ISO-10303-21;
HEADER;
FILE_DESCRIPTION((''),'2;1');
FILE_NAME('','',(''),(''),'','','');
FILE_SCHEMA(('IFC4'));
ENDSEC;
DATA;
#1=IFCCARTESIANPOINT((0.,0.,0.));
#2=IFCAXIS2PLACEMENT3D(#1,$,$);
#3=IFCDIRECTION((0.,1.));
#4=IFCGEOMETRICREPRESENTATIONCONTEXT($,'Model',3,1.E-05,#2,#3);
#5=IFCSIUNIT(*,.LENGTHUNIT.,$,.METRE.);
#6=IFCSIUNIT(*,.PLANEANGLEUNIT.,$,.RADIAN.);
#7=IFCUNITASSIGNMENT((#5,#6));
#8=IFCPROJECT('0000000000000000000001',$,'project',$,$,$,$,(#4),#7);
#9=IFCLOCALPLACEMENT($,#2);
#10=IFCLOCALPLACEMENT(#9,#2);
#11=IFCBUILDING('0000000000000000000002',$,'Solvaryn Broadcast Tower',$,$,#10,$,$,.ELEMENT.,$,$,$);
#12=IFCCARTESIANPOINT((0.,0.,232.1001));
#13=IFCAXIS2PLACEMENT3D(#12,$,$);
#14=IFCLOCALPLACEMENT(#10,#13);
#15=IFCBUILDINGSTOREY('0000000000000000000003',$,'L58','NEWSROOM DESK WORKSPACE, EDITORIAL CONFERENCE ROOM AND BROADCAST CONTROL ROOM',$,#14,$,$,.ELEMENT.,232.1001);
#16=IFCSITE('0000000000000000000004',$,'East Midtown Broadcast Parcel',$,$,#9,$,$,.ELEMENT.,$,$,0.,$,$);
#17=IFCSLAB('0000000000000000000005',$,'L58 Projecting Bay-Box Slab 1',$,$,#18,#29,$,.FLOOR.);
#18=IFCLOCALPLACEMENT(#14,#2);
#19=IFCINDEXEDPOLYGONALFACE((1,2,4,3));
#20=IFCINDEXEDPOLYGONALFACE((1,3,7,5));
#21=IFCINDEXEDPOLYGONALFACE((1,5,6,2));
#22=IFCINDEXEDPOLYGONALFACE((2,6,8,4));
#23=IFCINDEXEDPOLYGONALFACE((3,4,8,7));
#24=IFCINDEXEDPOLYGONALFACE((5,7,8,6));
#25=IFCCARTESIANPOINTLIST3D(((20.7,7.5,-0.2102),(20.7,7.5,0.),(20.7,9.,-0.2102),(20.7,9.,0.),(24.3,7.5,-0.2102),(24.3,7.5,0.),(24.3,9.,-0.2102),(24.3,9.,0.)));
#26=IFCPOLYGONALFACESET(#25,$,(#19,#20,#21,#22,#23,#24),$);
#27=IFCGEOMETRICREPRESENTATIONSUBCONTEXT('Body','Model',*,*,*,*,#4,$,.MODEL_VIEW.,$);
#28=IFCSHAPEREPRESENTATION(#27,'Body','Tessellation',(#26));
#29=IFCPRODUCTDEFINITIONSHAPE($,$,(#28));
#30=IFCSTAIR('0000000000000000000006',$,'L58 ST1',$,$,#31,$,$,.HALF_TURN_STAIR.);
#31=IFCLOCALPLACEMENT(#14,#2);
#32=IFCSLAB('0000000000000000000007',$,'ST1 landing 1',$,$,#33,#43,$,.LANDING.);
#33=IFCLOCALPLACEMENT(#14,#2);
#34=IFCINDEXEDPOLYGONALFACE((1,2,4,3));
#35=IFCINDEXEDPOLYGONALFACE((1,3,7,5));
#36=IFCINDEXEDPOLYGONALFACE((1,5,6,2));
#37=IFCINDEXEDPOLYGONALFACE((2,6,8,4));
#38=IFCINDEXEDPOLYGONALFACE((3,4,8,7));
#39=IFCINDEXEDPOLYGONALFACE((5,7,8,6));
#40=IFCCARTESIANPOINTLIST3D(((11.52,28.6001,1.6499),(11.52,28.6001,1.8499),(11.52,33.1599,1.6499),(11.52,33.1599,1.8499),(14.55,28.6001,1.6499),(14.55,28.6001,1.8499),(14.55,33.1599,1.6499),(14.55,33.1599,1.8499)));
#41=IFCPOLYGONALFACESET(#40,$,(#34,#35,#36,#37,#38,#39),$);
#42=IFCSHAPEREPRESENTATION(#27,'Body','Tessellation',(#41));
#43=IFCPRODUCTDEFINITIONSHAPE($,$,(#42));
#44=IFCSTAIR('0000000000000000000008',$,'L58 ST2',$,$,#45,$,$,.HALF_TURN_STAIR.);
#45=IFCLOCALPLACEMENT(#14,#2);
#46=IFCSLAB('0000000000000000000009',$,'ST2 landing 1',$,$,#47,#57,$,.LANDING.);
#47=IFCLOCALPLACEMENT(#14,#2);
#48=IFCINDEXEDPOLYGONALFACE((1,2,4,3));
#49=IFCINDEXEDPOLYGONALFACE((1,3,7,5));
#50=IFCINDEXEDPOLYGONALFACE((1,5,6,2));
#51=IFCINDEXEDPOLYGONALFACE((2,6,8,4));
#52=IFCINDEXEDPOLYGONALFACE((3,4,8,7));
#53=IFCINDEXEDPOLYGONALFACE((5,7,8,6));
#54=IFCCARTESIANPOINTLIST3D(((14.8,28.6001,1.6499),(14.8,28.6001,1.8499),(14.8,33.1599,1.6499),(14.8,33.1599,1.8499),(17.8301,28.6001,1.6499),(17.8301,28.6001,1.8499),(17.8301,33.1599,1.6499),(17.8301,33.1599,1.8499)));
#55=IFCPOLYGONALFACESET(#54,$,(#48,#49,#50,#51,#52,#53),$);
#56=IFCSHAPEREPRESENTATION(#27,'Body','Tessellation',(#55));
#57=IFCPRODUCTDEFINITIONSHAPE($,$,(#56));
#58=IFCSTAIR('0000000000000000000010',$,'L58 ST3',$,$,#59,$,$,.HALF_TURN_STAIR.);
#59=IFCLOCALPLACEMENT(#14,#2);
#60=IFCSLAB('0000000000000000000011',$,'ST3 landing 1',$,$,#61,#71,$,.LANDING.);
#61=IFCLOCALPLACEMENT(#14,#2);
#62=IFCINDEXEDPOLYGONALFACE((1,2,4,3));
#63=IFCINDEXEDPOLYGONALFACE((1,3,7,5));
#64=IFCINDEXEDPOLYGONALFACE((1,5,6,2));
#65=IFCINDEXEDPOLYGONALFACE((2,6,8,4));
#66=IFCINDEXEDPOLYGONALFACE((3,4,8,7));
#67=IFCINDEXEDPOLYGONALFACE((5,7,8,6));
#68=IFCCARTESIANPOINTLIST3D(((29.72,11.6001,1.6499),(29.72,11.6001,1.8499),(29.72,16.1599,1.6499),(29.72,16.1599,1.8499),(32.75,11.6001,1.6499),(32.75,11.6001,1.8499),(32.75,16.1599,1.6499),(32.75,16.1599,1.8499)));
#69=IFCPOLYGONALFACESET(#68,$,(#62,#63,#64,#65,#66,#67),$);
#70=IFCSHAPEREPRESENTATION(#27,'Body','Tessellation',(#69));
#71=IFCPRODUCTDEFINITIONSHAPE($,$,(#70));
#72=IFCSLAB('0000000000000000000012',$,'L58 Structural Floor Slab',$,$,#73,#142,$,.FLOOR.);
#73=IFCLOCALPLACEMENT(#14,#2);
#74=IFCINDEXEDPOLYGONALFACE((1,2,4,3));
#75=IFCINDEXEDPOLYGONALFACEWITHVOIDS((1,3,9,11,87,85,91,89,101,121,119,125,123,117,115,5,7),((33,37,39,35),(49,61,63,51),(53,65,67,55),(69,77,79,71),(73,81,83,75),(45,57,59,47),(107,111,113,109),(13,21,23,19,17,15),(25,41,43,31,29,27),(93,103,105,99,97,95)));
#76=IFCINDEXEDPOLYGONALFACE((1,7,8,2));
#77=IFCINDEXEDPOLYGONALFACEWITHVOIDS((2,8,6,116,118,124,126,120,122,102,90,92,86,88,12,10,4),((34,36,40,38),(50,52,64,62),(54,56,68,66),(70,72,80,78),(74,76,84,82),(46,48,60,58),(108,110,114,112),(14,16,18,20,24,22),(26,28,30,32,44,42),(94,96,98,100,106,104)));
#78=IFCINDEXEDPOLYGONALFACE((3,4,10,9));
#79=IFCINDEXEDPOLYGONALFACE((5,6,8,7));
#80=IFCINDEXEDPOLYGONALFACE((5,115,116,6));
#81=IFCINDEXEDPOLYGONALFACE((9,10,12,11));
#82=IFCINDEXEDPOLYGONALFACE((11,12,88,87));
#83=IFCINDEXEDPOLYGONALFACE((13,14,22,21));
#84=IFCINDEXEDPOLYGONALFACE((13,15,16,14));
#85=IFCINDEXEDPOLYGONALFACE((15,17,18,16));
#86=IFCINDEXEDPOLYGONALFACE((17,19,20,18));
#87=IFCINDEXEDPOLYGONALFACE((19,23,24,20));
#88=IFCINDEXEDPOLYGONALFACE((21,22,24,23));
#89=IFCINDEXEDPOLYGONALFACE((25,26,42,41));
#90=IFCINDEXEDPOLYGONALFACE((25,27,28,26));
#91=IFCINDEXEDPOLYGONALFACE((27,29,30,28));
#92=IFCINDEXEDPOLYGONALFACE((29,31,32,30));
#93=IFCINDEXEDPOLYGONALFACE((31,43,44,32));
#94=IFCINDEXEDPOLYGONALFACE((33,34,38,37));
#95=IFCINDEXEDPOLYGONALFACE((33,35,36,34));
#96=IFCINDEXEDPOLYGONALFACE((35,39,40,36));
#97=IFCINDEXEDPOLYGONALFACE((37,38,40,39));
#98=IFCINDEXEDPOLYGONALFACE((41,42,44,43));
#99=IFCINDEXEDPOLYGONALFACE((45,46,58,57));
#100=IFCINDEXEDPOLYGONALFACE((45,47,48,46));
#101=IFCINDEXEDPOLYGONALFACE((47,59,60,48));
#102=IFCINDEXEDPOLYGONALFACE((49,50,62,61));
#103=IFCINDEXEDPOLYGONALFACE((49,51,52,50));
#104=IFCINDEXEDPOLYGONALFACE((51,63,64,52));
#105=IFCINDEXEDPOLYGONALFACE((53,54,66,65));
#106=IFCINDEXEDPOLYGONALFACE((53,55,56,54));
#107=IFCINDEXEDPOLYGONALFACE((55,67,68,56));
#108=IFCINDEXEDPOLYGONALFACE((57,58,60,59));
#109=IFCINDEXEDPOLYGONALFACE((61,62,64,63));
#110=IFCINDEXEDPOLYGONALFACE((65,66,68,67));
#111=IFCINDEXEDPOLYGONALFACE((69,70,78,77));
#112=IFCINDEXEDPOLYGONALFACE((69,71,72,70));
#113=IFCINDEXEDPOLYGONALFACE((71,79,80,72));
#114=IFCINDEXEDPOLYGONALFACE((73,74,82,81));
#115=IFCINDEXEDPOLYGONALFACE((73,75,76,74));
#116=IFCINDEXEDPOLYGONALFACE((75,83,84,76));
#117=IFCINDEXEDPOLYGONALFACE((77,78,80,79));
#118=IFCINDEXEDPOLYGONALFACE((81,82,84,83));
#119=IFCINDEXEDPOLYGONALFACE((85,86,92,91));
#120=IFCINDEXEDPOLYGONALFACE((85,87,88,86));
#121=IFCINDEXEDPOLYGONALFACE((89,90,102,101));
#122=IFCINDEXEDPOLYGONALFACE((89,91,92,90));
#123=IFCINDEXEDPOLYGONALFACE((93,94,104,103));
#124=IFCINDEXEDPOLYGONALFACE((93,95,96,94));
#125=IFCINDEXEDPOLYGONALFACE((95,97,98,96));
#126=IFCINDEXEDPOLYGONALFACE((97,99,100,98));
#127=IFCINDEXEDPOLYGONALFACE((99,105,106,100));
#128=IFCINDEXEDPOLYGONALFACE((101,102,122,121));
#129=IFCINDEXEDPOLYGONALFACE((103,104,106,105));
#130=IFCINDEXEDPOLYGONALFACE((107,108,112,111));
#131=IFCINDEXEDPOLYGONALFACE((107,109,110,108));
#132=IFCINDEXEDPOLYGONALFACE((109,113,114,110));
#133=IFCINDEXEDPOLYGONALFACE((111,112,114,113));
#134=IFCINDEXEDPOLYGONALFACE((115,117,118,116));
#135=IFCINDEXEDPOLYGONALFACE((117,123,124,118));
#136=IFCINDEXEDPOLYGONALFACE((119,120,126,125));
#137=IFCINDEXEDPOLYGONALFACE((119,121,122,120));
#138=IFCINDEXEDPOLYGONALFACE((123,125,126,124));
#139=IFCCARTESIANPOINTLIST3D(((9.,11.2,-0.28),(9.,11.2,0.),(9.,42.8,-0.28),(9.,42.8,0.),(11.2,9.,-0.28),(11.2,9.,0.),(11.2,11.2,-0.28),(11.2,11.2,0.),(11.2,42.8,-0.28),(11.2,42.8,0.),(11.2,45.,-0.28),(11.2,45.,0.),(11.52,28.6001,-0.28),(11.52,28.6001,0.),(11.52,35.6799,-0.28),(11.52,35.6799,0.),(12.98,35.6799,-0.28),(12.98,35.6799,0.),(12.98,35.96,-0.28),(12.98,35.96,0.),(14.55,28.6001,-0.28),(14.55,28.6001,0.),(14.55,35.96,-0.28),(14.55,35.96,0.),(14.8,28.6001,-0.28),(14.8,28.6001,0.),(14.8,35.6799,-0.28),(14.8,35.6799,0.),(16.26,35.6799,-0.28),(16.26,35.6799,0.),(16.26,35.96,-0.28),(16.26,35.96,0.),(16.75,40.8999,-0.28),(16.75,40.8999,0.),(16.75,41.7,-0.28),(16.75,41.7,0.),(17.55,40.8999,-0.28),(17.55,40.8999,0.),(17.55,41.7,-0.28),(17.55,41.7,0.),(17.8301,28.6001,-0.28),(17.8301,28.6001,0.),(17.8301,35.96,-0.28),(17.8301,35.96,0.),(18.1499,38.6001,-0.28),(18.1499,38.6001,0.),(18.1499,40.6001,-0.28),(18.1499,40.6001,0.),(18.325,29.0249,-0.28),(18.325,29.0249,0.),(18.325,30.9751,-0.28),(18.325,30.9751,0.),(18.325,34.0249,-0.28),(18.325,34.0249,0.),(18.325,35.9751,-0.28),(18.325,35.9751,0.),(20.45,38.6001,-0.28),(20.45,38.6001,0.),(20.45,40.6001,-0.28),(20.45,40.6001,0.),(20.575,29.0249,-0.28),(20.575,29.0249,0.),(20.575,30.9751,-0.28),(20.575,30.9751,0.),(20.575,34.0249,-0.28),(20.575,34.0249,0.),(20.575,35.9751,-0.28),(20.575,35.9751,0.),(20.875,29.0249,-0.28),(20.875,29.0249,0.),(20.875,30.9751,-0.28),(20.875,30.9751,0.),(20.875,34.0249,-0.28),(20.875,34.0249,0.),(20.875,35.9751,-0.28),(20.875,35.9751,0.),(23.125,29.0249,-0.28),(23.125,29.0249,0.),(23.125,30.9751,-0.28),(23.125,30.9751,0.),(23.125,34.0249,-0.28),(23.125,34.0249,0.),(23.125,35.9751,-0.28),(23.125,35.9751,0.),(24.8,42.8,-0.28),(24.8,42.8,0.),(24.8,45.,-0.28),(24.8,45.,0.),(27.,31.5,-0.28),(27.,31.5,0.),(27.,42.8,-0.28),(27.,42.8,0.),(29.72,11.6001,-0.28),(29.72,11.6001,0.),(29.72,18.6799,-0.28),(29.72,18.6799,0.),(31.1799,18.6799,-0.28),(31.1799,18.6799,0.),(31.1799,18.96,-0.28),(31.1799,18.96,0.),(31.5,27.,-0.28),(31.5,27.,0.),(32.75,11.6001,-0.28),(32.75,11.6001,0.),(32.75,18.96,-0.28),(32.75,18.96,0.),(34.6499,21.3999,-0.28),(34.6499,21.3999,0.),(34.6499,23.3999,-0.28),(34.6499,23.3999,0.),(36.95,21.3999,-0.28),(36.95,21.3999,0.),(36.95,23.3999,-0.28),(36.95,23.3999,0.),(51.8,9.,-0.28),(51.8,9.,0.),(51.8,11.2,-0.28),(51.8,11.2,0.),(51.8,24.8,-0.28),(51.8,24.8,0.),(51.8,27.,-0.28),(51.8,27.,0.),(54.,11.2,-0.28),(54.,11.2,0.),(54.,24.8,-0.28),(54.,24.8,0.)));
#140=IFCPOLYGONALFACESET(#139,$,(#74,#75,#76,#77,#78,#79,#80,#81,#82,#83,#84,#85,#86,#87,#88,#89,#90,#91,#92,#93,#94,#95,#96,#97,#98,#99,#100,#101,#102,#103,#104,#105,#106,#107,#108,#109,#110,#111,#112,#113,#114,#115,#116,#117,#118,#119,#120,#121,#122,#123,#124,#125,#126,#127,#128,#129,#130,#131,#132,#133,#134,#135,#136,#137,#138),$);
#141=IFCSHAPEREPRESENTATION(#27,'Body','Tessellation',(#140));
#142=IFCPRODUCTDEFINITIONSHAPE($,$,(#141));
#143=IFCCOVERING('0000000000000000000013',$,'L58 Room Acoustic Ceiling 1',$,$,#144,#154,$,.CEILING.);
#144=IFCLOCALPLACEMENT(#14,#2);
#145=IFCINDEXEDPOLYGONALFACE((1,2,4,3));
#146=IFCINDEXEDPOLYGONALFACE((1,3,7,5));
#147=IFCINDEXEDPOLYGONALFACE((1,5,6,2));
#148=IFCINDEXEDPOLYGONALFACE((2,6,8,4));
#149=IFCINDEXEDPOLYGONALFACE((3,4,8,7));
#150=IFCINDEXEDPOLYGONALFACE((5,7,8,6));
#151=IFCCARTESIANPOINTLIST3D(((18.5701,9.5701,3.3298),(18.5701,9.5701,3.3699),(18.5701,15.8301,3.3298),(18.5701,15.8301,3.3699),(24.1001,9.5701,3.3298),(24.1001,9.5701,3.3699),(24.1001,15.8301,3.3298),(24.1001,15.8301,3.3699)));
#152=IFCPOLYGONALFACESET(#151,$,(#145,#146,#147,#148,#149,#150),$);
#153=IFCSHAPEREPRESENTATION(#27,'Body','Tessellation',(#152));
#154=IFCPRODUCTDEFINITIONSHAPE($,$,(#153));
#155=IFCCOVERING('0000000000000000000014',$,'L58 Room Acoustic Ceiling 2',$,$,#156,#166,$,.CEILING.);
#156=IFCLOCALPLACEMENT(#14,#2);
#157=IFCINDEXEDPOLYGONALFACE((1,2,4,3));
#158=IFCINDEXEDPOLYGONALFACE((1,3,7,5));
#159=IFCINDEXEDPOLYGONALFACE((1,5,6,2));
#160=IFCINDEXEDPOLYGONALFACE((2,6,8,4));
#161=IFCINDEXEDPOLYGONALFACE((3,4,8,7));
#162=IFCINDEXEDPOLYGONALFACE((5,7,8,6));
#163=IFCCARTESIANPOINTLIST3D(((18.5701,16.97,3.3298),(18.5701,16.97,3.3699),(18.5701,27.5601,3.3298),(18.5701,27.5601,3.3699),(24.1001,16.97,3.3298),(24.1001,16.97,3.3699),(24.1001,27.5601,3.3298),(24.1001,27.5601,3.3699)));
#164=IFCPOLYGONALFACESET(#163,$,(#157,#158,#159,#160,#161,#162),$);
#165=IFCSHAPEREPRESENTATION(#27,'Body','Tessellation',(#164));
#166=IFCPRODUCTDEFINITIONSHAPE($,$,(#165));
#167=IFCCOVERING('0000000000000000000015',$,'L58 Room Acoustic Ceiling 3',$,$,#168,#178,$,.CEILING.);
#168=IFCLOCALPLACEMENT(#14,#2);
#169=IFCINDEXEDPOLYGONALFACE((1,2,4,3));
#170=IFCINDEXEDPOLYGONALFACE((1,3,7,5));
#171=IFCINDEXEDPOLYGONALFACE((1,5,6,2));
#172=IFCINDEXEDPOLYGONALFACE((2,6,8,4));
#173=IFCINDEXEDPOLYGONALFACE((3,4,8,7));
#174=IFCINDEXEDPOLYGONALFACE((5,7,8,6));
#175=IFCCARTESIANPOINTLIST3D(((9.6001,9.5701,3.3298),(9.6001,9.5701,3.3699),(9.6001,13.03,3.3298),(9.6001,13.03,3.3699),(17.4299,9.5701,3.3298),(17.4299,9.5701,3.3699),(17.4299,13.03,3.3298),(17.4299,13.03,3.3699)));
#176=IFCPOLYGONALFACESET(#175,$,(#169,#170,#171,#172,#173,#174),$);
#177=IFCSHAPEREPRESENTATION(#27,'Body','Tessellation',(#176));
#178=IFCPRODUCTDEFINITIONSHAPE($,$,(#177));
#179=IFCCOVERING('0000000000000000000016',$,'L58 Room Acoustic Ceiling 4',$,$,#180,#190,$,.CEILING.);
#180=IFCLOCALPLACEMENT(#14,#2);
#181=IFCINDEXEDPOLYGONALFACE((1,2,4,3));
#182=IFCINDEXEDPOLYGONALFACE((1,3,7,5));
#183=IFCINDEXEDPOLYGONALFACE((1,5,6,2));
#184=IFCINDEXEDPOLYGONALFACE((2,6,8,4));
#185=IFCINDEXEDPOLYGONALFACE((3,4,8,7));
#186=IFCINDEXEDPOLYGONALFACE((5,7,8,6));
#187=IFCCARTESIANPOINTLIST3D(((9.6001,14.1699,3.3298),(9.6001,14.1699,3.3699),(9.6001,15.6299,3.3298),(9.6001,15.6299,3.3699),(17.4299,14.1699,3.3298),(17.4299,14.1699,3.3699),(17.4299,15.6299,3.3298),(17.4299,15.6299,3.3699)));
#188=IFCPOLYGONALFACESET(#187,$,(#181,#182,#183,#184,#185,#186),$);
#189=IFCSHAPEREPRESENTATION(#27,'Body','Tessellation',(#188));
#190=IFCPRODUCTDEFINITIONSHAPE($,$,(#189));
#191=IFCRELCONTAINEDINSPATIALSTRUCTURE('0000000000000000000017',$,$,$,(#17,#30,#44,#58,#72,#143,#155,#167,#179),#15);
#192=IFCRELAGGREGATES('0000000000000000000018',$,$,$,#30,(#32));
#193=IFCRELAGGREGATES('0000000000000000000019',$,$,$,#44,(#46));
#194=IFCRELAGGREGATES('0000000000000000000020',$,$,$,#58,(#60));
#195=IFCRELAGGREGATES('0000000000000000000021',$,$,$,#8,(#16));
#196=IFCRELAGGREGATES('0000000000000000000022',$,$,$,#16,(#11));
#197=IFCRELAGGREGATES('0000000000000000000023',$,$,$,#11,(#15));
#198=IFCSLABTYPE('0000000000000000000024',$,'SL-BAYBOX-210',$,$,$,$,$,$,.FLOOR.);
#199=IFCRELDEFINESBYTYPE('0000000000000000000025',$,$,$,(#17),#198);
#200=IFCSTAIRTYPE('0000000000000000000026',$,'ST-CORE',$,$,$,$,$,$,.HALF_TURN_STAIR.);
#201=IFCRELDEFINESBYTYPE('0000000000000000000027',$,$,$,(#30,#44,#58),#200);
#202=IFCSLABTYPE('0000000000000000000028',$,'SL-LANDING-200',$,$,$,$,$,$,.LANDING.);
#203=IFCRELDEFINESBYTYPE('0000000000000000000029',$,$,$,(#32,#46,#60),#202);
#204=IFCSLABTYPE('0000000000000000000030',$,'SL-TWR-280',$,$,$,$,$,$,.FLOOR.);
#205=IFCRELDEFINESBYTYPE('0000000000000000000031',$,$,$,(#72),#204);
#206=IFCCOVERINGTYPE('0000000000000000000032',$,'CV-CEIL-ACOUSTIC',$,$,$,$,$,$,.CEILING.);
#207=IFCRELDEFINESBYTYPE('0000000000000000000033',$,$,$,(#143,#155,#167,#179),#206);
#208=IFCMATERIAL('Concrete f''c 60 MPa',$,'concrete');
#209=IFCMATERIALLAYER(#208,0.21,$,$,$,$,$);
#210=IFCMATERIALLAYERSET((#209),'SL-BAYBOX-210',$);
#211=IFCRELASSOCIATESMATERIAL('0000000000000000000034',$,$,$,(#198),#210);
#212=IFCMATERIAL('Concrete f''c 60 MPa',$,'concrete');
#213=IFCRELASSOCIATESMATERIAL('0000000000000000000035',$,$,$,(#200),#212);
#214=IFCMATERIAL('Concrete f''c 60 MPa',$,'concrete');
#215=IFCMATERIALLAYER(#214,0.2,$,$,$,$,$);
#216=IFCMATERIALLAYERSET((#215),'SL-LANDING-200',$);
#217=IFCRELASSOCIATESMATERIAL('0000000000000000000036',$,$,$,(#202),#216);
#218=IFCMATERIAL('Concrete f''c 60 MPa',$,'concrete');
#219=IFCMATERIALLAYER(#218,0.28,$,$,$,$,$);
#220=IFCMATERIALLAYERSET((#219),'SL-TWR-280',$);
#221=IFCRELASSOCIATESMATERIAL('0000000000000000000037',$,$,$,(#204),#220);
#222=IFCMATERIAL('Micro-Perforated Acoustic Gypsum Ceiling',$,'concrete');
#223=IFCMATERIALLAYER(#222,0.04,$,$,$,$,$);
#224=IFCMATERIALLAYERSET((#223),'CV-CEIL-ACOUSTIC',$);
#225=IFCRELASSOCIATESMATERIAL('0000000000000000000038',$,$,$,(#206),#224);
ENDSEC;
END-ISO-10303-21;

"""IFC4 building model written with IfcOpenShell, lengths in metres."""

from ifc_helpers import new_model, si_unit, direction, frame, origin, place, context, subcontext, project, spatial, polyline, outline, extrude, material, layer, layer_set, type_object, element, aggregate, save


model = new_model("IFC4")

# Units and contexts
model_context = context("Model", 3, precision=1e-05, world=origin(), true_north=direction((0.0, 1.0)))
body_context = subcontext(model_context, "Body", "Model", "MODEL_VIEW")
ifc_project = project(units=[si_unit("LENGTHUNIT", "METRE"), si_unit("PLANEANGLEUNIT", "RADIAN")], contexts=[model_context])

# Site, building, storey
site_placement = place(None, origin())
site = spatial("IfcSite", under=ifc_project, at=site_placement, Name="East Midtown Broadcast Parcel", CompositionType="ELEMENT", RefElevation=0.0)
building_placement = place(site_placement, origin())
building = spatial("IfcBuilding", under=site, at=building_placement, Name="Solvaryn Broadcast Tower", CompositionType="ELEMENT")
storey_placement = place(building_placement, frame((0.0, 0.0, 232.1001)))
storey = spatial("IfcBuildingStorey", under=building, at=storey_placement, Name="L58", Description="NEWSROOM DESK WORKSPACE, EDITORIAL CONFERENCE ROOM AND BROADCAST CONTROL ROOM", CompositionType="ELEMENT", Elevation=232.1001)

# Slab
ifc_material_1 = material(Name="Concrete f'c 60 MPa", Category="concrete")
ifc_layer_1 = layer(ifc_material_1, 0.21)
ifc_layer_set_1 = layer_set([ifc_layer_1], Name="SL-BAYBOX-210")
slab_type_1 = type_object("IfcSlabType", Name="SL-BAYBOX-210", PredefinedType="FLOOR", material=ifc_layer_set_1)
slab_1_placement = place(storey_placement, frame((0.0, 0.0, -0.2102)))
element("IfcSlab", 1, at=slab_1_placement, inside=storey, type_object=slab_type_1, Name="L58 Projecting Bay-Box Slab 1", PredefinedType="FLOOR", context=body_context, shape_type="SweptSolid", body=[
    extrude(outline(polyline([(20.7, 7.5), (24.3, 7.5), (24.3, 9.0), (20.7, 9.0), (20.7, 7.5)])), origin(), (0.0, 0.0, 1.0), 0.2102),
])

# Stairs, slabs
ifc_material_2 = material(Name="Concrete f'c 60 MPa", Category="concrete")
stair_type = type_object("IfcStairType", Name="ST-CORE", PredefinedType="HALF_TURN_STAIR", material=ifc_material_2)
stair_1_placement = place(storey_placement, origin())
stair_1 = element("IfcStair", 2, at=stair_1_placement, inside=storey, type_object=stair_type, Name="L58 ST1", PredefinedType="HALF_TURN_STAIR")
ifc_material_3 = material(Name="Concrete f'c 60 MPa", Category="concrete")
ifc_layer_2 = layer(ifc_material_3, 0.2)
ifc_layer_set_2 = layer_set([ifc_layer_2], Name="SL-LANDING-200")
slab_type_2 = type_object("IfcSlabType", Name="SL-LANDING-200", PredefinedType="LANDING", material=ifc_layer_set_2)
slab_2_placement = place(storey_placement, frame((0.0, 0.0, 1.6499)))
slab_2 = element("IfcSlab", 3, at=slab_2_placement, type_object=slab_type_2, Name="ST1 landing 1", PredefinedType="LANDING", context=body_context, shape_type="SweptSolid", body=[
    extrude(outline(polyline([(11.52, 33.1599), (11.52, 28.6001), (14.55, 28.6001), (14.55, 33.1599), (11.52, 33.1599)])), origin(), (0.0, 0.0, 1.0), 0.2),
])
aggregate(stair_1, [slab_2])
stair_2_placement = place(storey_placement, origin())
stair_2 = element("IfcStair", 4, at=stair_2_placement, inside=storey, type_object=stair_type, Name="L58 ST2", PredefinedType="HALF_TURN_STAIR")
slab_3_placement = place(storey_placement, frame((0.0, 0.0, 1.6499)))
slab_3 = element("IfcSlab", 5, at=slab_3_placement, type_object=slab_type_2, Name="ST2 landing 1", PredefinedType="LANDING", context=body_context, shape_type="SweptSolid", body=[
    extrude(outline(polyline([(14.8, 33.1599), (14.8, 28.6001), (17.8301, 28.6001), (17.8301, 33.1599), (14.8, 33.1599)])), origin(), (0.0, 0.0, 1.0), 0.2),
])
aggregate(stair_2, [slab_3])
stair_3_placement = place(storey_placement, origin())
stair_3 = element("IfcStair", 6, at=stair_3_placement, inside=storey, type_object=stair_type, Name="L58 ST3", PredefinedType="HALF_TURN_STAIR")
slab_4_placement = place(storey_placement, frame((0.0, 0.0, 1.6499)))
slab_4 = element("IfcSlab", 7, at=slab_4_placement, type_object=slab_type_2, Name="ST3 landing 1", PredefinedType="LANDING", context=body_context, shape_type="SweptSolid", body=[
    extrude(outline(polyline([(29.72, 16.1599), (29.72, 11.6001), (32.75, 11.6001), (32.75, 16.1599), (29.72, 16.1599)])), origin(), (0.0, 0.0, 1.0), 0.2),
])
aggregate(stair_3, [slab_4])

# Slab
ifc_material_4 = material(Name="Concrete f'c 60 MPa", Category="concrete")
ifc_layer_3 = layer(ifc_material_4, 0.28)
ifc_layer_set_3 = layer_set([ifc_layer_3], Name="SL-TWR-280")
slab_type_3 = type_object("IfcSlabType", Name="SL-TWR-280", PredefinedType="FLOOR", material=ifc_layer_set_3)
slab_5_placement = place(storey_placement, frame((0.0, 0.0, -0.28)))
element("IfcSlab", 8, at=slab_5_placement, inside=storey, type_object=slab_type_3, Name="L58 Structural Floor Slab", PredefinedType="FLOOR", context=body_context, shape_type="SweptSolid", body=[
    extrude(outline(polyline([(11.2, 9.0), (51.8, 9.0), (51.8, 11.2), (54.0, 11.2), (54.0, 24.8), (51.8, 24.8), (51.8, 27.0), (31.5, 27.0), (27.0, 31.5), (27.0, 42.8), (24.8, 42.8), (24.8, 45.0), (11.2, 45.0), (11.2, 42.8), (9.0, 42.8), (9.0, 11.2), (11.2, 11.2), (11.2, 9.0)]), holes=[polyline([(11.52, 28.6001), (14.55, 28.6001), (14.55, 35.96), (12.98, 35.96), (12.98, 35.6799), (11.52, 35.6799), (11.52, 28.6001)]), polyline([(14.8, 28.6001), (17.8301, 28.6001), (17.8301, 35.96), (16.26, 35.96), (16.26, 35.6799), (14.8, 35.6799), (14.8, 28.6001)]), polyline([(29.72, 11.6001), (32.75, 11.6001), (32.75, 18.96), (31.1799, 18.96), (31.1799, 18.6799), (29.72, 18.6799), (29.72, 11.6001)]), polyline([(18.1499, 38.6001), (20.45, 38.6001), (20.45, 40.6001), (18.1499, 40.6001), (18.1499, 38.6001)]), polyline([(18.325, 29.0249), (20.575, 29.0249), (20.575, 30.9751), (18.325, 30.9751), (18.325, 29.0249)]), polyline([(20.875, 29.0249), (23.125, 29.0249), (23.125, 30.9751), (20.875, 30.9751), (20.875, 29.0249)]), polyline([(18.325, 34.0249), (20.575, 34.0249), (20.575, 35.9751), (18.325, 35.9751), (18.325, 34.0249)]), polyline([(20.875, 34.0249), (23.125, 34.0249), (23.125, 35.9751), (20.875, 35.9751), (20.875, 34.0249)]), polyline([(34.6499, 21.3999), (36.95, 21.3999), (36.95, 23.3999), (34.6499, 23.3999), (34.6499, 21.3999)]), polyline([(16.75, 40.8999), (17.55, 40.8999), (17.55, 41.7), (16.75, 41.7), (16.75, 40.8999)])]), origin(), (0.0, 0.0, 1.0), 0.28),
])

# Coverings
ifc_material_5 = material(Name="Micro-Perforated Acoustic Gypsum Ceiling", Category="concrete")
ifc_layer_4 = layer(ifc_material_5, 0.04)
ifc_layer_set_4 = layer_set([ifc_layer_4], Name="CV-CEIL-ACOUSTIC")
covering_type_1 = type_object("IfcCoveringType", Name="CV-CEIL-ACOUSTIC", PredefinedType="CEILING", material=ifc_layer_set_4)
covering_1_placement = place(storey_placement, frame((0.0, 0.0, 3.3298)))
element("IfcCovering", 9, at=covering_1_placement, inside=storey, type_object=covering_type_1, Name="L58 Room Acoustic Ceiling 1", PredefinedType="CEILING", context=body_context, shape_type="SweptSolid", body=[
    extrude(outline(polyline([(18.5701, 9.5701), (24.1001, 9.5701), (24.1001, 15.8301), (18.5701, 15.8301), (18.5701, 9.5701)])), origin(), (0.0, 0.0, 1.0), 0.04),
])
covering_2_placement = place(storey_placement, frame((0.0, 0.0, 3.3298)))
element("IfcCovering", 10, at=covering_2_placement, inside=storey, type_object=covering_type_1, Name="L58 Room Acoustic Ceiling 2", PredefinedType="CEILING", context=body_context, shape_type="SweptSolid", body=[
    extrude(outline(polyline([(18.5701, 16.97), (24.1001, 16.97), (24.1001, 27.5601), (18.5701, 27.5601), (18.5701, 16.97)])), origin(), (0.0, 0.0, 1.0), 0.04),
])
covering_3_placement = place(storey_placement, frame((0.0, 0.0, 3.3298)))
element("IfcCovering", 11, at=covering_3_placement, inside=storey, type_object=covering_type_1, Name="L58 Room Acoustic Ceiling 3", PredefinedType="CEILING", context=body_context, shape_type="SweptSolid", body=[
    extrude(outline(polyline([(9.6001, 9.5701), (17.4299, 9.5701), (17.4299, 13.03), (9.6001, 13.03), (9.6001, 9.5701)])), origin(), (0.0, 0.0, 1.0), 0.04),
])
covering_4_placement = place(storey_placement, frame((0.0, 0.0, 3.3298)))
element("IfcCovering", 12, at=covering_4_placement, inside=storey, type_object=covering_type_1, Name="L58 Room Acoustic Ceiling 4", PredefinedType="CEILING", context=body_context, shape_type="SweptSolid", body=[
    extrude(outline(polyline([(9.6001, 14.1699), (17.4299, 14.1699), (17.4299, 15.6299), (9.6001, 15.6299), (9.6001, 14.1699)])), origin(), (0.0, 0.0, 1.0), 0.04),
])

save(model, "model.ifc")
